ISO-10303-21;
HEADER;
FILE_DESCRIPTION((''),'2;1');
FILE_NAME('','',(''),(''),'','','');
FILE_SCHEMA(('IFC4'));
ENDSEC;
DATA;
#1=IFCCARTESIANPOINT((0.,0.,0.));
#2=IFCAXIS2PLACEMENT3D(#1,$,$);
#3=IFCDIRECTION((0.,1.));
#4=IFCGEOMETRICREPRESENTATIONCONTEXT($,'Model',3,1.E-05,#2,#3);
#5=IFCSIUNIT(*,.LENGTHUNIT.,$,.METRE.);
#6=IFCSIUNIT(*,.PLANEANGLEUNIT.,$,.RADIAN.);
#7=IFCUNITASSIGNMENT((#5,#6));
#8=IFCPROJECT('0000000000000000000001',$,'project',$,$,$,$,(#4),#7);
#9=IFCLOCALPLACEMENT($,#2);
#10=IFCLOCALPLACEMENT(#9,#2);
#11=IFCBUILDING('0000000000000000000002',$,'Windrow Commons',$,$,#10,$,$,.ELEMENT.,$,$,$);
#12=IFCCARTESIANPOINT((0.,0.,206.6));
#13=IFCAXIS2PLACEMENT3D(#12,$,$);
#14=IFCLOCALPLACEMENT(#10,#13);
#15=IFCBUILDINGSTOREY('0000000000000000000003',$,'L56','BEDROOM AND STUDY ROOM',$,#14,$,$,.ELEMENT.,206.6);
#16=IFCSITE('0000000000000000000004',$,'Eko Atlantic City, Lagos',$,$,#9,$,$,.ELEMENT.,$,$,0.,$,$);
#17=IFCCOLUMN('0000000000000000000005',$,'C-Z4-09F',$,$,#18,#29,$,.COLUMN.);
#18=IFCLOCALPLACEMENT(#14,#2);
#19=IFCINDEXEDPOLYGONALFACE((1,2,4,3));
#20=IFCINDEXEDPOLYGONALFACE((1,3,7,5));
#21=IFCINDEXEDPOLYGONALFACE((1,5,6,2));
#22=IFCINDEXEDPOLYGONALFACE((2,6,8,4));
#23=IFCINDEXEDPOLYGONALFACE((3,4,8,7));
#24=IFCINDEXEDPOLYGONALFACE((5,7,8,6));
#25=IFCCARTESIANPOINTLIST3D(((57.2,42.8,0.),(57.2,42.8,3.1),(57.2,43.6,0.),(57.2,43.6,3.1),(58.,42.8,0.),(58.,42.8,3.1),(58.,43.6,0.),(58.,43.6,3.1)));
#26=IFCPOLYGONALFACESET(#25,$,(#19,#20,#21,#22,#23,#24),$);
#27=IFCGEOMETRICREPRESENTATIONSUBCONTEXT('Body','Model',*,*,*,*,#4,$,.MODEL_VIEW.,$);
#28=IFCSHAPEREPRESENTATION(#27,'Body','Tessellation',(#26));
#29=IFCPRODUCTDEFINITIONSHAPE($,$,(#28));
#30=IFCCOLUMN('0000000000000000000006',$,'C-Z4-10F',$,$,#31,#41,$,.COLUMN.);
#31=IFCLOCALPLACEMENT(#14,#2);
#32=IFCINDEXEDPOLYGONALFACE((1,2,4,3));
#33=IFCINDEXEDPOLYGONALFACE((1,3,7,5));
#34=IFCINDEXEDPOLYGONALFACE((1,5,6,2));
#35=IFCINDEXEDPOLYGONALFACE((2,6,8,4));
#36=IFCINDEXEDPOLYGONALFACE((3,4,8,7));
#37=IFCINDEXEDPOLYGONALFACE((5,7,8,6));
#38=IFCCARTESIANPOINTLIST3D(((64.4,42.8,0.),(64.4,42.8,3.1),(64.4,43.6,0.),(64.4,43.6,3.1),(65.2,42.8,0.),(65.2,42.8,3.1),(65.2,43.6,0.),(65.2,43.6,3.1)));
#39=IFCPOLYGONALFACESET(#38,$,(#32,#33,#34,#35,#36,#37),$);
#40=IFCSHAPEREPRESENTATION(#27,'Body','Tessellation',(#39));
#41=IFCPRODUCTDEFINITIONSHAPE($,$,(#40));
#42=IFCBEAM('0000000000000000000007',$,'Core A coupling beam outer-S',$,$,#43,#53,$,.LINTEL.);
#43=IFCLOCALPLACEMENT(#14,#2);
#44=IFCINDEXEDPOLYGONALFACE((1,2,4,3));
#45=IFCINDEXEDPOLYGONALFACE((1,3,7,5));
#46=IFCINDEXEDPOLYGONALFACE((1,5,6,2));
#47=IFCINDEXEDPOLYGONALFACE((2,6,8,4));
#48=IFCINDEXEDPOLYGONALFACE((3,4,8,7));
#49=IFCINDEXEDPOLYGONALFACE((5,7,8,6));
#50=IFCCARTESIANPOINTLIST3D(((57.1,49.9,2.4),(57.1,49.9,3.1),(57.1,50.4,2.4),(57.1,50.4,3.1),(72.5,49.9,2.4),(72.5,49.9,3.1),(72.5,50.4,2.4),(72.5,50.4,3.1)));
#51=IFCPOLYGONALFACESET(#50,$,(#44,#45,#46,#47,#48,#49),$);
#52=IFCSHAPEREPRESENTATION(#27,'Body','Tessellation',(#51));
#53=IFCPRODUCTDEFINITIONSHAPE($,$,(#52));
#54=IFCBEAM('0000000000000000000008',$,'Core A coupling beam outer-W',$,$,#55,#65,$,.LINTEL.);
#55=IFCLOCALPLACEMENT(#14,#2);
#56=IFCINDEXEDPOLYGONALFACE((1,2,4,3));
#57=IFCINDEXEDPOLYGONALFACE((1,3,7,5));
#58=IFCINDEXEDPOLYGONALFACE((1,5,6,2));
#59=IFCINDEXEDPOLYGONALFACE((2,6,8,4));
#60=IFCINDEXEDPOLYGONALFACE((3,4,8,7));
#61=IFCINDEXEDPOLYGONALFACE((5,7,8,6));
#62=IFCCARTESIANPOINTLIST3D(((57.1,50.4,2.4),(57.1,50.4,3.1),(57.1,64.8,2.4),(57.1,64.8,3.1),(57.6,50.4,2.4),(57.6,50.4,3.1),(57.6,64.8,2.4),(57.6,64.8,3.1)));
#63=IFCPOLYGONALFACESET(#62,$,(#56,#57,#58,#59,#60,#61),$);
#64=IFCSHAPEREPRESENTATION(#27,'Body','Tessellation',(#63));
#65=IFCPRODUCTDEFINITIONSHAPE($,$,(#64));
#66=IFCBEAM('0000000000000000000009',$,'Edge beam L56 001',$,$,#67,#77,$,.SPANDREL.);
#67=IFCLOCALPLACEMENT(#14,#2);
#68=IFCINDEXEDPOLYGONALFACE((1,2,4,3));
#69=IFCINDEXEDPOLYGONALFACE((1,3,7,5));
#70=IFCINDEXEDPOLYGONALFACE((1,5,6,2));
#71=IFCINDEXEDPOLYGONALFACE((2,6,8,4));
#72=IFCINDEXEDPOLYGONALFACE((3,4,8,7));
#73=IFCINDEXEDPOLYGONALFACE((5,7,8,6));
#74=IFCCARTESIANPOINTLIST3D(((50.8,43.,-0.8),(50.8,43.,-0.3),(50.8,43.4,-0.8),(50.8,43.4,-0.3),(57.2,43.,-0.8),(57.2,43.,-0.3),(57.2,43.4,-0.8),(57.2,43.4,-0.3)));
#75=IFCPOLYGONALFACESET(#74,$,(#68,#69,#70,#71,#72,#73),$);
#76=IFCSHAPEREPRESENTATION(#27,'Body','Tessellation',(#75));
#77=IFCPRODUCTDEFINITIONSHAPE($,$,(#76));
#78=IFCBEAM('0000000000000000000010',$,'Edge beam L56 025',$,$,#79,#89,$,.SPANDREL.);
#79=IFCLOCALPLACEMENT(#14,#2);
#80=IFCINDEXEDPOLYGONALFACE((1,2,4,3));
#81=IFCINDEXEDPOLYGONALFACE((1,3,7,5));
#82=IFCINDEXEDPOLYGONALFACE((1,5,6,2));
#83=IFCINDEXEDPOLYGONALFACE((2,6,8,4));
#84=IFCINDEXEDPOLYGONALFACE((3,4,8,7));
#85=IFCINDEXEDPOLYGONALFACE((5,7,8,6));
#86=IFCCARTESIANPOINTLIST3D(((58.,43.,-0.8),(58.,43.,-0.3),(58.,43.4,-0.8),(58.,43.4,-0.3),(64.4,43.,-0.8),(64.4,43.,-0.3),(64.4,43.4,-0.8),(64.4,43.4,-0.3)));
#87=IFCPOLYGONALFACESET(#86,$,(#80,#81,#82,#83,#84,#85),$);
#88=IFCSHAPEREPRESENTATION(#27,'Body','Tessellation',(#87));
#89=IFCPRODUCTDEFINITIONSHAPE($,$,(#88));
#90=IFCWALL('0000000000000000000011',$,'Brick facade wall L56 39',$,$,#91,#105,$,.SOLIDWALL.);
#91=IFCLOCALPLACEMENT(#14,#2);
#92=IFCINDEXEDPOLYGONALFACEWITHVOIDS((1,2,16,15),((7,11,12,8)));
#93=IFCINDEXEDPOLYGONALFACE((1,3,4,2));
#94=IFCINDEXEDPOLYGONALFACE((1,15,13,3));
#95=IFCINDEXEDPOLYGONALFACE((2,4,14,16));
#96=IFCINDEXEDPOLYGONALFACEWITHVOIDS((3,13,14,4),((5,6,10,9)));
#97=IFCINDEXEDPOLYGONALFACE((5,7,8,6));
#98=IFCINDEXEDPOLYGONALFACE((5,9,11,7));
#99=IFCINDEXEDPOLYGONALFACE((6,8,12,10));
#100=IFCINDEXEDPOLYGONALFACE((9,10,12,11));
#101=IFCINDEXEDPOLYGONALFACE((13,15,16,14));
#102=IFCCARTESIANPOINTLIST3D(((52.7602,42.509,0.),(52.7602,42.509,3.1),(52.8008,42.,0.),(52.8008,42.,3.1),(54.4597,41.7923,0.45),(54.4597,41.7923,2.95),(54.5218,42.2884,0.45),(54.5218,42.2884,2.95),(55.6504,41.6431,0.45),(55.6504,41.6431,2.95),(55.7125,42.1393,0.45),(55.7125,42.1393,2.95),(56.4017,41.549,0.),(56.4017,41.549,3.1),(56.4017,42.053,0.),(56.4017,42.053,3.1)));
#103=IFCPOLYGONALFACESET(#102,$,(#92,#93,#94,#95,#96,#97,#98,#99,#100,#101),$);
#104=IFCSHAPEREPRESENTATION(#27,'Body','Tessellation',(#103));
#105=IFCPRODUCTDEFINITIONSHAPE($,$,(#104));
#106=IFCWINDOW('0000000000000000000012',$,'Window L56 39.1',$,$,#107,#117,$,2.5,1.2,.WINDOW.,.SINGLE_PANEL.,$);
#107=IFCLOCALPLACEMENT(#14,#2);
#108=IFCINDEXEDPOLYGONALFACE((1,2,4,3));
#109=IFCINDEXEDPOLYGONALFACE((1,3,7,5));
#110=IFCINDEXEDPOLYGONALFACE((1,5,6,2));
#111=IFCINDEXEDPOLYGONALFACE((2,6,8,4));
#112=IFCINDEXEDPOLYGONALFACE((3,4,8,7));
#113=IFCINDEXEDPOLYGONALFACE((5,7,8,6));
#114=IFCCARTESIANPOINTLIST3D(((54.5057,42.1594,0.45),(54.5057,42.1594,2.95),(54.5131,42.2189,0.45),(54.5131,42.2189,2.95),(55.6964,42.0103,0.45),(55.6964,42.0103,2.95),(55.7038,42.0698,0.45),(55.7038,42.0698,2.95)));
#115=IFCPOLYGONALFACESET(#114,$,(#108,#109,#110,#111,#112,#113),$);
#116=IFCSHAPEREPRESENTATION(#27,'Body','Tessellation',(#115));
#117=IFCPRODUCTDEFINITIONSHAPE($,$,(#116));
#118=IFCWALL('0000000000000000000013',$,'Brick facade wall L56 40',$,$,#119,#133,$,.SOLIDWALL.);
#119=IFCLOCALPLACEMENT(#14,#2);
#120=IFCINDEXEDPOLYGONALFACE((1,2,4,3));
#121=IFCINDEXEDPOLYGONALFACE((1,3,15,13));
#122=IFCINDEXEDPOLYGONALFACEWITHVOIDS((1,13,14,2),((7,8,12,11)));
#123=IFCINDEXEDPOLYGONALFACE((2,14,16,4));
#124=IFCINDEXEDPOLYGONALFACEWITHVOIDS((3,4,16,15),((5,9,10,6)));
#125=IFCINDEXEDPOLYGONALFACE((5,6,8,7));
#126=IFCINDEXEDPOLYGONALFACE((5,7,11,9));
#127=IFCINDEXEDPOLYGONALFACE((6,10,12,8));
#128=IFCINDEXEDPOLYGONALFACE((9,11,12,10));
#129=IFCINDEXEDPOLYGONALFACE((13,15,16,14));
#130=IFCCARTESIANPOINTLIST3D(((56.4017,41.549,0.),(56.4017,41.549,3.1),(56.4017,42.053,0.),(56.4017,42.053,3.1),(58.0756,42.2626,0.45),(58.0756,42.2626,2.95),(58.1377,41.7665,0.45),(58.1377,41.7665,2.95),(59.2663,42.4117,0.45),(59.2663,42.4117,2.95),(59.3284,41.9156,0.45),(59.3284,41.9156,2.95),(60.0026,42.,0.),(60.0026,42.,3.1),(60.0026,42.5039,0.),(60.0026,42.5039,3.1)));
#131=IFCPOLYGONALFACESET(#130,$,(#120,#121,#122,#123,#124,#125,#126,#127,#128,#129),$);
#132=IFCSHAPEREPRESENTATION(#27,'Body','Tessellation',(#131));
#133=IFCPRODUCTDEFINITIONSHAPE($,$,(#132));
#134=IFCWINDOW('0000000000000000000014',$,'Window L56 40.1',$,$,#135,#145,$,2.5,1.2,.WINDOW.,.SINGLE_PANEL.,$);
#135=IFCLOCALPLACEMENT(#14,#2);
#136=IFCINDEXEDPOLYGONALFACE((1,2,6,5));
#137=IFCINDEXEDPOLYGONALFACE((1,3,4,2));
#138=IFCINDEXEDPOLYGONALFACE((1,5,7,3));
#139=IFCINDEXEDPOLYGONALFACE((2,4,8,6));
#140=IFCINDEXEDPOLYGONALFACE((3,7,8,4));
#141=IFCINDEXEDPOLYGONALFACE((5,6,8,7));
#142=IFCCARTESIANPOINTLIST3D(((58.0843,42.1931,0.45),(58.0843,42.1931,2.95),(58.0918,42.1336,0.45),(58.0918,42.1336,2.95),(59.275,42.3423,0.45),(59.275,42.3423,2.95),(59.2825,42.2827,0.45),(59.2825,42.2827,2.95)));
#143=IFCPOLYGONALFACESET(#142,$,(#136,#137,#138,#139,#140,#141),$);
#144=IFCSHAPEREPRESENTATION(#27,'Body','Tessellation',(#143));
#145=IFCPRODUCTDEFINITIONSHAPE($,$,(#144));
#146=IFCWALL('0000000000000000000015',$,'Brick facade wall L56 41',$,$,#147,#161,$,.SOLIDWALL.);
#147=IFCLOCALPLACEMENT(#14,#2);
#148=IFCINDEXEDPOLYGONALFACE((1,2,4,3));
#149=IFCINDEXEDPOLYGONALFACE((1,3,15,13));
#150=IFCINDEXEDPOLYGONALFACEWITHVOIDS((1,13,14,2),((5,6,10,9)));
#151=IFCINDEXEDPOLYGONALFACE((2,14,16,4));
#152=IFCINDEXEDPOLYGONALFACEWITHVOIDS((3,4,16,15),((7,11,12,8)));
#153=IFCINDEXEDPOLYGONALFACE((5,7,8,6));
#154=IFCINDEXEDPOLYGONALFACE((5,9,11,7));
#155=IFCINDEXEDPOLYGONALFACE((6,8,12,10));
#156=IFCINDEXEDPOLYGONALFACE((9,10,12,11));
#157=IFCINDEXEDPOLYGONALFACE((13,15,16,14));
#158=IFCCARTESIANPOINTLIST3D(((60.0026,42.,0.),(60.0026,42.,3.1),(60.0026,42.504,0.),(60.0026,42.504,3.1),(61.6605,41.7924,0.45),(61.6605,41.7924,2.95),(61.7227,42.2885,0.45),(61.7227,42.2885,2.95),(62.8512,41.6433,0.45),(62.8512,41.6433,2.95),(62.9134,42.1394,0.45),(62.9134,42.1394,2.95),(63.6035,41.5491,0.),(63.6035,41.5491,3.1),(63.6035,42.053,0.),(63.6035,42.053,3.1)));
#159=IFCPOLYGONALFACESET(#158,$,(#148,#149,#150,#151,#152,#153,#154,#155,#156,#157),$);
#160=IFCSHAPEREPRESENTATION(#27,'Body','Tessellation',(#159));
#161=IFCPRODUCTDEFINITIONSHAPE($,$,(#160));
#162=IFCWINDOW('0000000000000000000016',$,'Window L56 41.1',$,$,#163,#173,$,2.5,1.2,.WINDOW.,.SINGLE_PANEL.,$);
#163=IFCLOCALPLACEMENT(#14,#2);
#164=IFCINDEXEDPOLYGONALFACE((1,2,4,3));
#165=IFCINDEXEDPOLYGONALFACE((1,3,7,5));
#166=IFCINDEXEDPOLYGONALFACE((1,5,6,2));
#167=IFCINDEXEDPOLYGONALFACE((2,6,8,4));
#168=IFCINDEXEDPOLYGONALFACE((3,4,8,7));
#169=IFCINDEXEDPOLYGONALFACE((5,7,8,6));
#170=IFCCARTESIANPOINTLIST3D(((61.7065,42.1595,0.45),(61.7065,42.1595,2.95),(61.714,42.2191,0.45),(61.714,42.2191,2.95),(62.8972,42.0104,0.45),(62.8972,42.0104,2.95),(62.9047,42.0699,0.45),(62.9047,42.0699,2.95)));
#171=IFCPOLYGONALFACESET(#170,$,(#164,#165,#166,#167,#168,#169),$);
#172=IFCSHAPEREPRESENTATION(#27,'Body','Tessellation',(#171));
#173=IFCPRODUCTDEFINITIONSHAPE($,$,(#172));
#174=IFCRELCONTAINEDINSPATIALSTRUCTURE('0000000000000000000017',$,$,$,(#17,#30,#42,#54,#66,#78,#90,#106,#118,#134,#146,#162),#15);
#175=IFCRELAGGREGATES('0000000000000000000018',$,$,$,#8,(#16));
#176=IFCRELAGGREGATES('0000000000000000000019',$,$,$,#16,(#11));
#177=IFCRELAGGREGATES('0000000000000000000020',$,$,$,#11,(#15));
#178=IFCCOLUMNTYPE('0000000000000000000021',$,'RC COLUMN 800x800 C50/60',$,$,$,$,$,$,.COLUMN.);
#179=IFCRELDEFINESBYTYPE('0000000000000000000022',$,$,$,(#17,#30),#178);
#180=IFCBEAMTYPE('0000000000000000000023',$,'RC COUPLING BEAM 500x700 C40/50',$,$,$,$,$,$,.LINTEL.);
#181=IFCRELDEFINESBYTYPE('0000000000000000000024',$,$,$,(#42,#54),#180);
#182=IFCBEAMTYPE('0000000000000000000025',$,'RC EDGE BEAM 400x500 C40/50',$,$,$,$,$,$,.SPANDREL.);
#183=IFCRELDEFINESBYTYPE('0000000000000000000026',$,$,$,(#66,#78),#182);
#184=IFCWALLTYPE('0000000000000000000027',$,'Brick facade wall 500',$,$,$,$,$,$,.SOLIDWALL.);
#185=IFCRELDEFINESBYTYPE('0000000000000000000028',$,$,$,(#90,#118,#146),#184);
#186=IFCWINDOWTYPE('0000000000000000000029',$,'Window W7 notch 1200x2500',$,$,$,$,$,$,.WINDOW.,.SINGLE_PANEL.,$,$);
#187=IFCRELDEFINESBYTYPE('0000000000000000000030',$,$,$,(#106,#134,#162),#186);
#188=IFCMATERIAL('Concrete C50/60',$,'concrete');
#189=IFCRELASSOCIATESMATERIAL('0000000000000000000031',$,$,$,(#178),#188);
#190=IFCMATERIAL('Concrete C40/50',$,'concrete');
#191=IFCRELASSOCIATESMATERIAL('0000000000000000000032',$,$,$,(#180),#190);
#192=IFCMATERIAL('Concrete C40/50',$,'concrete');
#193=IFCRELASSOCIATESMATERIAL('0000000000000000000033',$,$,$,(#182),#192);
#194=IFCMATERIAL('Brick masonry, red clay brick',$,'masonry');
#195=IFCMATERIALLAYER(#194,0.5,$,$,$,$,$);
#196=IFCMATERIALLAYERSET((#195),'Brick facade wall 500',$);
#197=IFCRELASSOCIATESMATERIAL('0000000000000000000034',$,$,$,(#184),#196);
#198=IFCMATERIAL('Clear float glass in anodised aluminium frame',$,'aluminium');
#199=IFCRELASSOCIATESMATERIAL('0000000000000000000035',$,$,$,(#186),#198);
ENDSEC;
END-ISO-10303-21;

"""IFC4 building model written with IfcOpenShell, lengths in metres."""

from ifc_helpers import new_model, si_unit, direction, frame, frame_2d, origin, origin_2d, place, context, subcontext, project, spatial, polyline, rectangle, outline, extrude, material, layer, layer_set, material_profile, profile_set, type_object, element, fill, save


model = new_model("IFC4")

# Units and contexts
model_context = context("Model", 3, precision=1e-05, world=origin(), true_north=direction((0.0, 1.0)))
body_context = subcontext(model_context, "Body", "Model", "MODEL_VIEW")
ifc_project = project(units=[si_unit("LENGTHUNIT", "METRE"), si_unit("PLANEANGLEUNIT", "RADIAN")], contexts=[model_context])

# Site, building, storey
site_placement = place(None, origin())
site = spatial("IfcSite", under=ifc_project, at=site_placement, Name="Eko Atlantic City, Lagos", CompositionType="ELEMENT", RefElevation=0.0)
building_placement = place(site_placement, origin())
building = spatial("IfcBuilding", under=site, at=building_placement, Name="Windrow Commons", CompositionType="ELEMENT")
storey_placement = place(building_placement, frame((0.0, 0.0, 206.6)))
storey = spatial("IfcBuildingStorey", under=building, at=storey_placement, Name="L56", Description="BEDROOM AND STUDY ROOM", CompositionType="ELEMENT", Elevation=206.6)

# Columns
ifc_material_1 = material(Name="Concrete C50/60", Category="concrete")
ifc_material_profile_1 = material_profile(ifc_material_1, rectangle(XDim=0.8, YDim=0.8, at=origin_2d()))
ifc_profile_set_1 = profile_set([ifc_material_profile_1], Name="Concrete C50/60")
column_type = type_object("IfcColumnType", Name="RC COLUMN 800x800 C50/60", PredefinedType="COLUMN", material=ifc_profile_set_1)
for number, where, z_axis, x_axis, name in (
    (1, (57.6, 43.2, 0.0), (0.0, 0.0, 1.0), (1.0, 0.0, 0.0), "C-Z4-09F"),
    (2, (64.8, 43.2, 0.0), (0.0, 0.0, 1.0), (1.0, 0.0, 0.0), "C-Z4-10F"),
):
    element("IfcColumn", number, at=place(storey_placement, frame(where, z_axis=z_axis, x_axis=x_axis)), inside=storey, type_object=column_type, Name=name, PredefinedType="COLUMN", context=body_context, shape_type="SweptSolid", body=[
        extrude(rectangle(XDim=0.8, YDim=0.8, at=origin_2d()), origin(), (0.0, 0.0, 1.0), 3.1),
    ])

# Beams
ifc_material_2 = material(Name="Concrete C40/50", Category="concrete")
ifc_material_profile_2 = material_profile(ifc_material_2, rectangle(XDim=0.5, YDim=0.7, at=origin_2d()))
ifc_profile_set_2 = profile_set([ifc_material_profile_2], Name="Concrete C40/50")
beam_type_1 = type_object("IfcBeamType", Name="RC COUPLING BEAM 500x700 C40/50", PredefinedType="LINTEL", material=ifc_profile_set_2)
beam_1_placement = place(storey_placement, frame((57.1, 50.15, 2.75), z_axis=(1.0, 0.0, 0.0), x_axis=(0.0, 1.0, 0.0)))
element("IfcBeam", 3, at=beam_1_placement, inside=storey, type_object=beam_type_1, Name="Core A coupling beam outer-S", PredefinedType="LINTEL", context=body_context, shape_type="SweptSolid", body=[
    extrude(rectangle(XDim=0.5, YDim=0.7, at=origin_2d()), origin(), (0.0, 0.0, 1.0), 15.4),
])
beam_2_placement = place(storey_placement, frame((57.35, 50.4, 2.75), z_axis=(0.0, 1.0, 0.0), x_axis=(-1.0, 0.0, 0.0)))
element("IfcBeam", 4, at=beam_2_placement, inside=storey, type_object=beam_type_1, Name="Core A coupling beam outer-W", PredefinedType="LINTEL", context=body_context, shape_type="SweptSolid", body=[
    extrude(rectangle(XDim=0.5, YDim=0.7, at=origin_2d()), origin(), (0.0, 0.0, 1.0), 14.4),
])
ifc_material_3 = material(Name="Concrete C40/50", Category="concrete")
ifc_material_profile_3 = material_profile(ifc_material_3, rectangle(XDim=0.4, YDim=0.5, at=origin_2d()))
ifc_profile_set_3 = profile_set([ifc_material_profile_3], Name="Concrete C40/50")
beam_type_2 = type_object("IfcBeamType", Name="RC EDGE BEAM 400x500 C40/50", PredefinedType="SPANDREL", material=ifc_profile_set_3)
for number, where, z_axis, x_axis, name in (
    (5, (57.2, 43.2, -0.55), (-1.0, 0.0, 0.0), (0.0, -1.0, 0.0), "Edge beam L56 001"),
    (6, (64.4, 43.2, -0.55), (-1.0, 0.0, 0.0), (0.0, -1.0, 0.0), "Edge beam L56 025"),
):
    element("IfcBeam", number, at=place(storey_placement, frame(where, z_axis=z_axis, x_axis=x_axis)), inside=storey, type_object=beam_type_2, Name=name, PredefinedType="SPANDREL", context=body_context, shape_type="SweptSolid", body=[
        extrude(rectangle(XDim=0.4, YDim=0.5, at=origin_2d()), origin(), (0.0, 0.0, 1.0), 6.4),
    ])

# Walls, openings, windows
ifc_material_4 = material(Name="Brick masonry, red clay brick", Category="masonry")
ifc_layer_1 = layer(ifc_material_4, 0.5)
ifc_layer_set_1 = layer_set([ifc_layer_1], Name="Brick facade wall 500")
wall_type_1 = type_object("IfcWallType", Name="Brick facade wall 500", PredefinedType="SOLIDWALL", material=ifc_layer_set_1)
wall_1_placement = place(storey_placement, frame((52.7805, 42.2545, 0.0), z_axis=(0.0, 0.0, 1.0), x_axis=(0.992249, -0.124264, 0.0)))
wall_1 = element("IfcWall", 7, at=wall_1_placement, inside=storey, type_object=wall_type_1, Name="Brick facade wall L56 39", PredefinedType="SOLIDWALL", context=body_context, shape_type="SweptSolid", body=[
    extrude(outline(polyline([(0.0518, -0.25), (3.6808, -0.25), (3.6182, 0.25), (-0.0518, 0.25), (0.0518, -0.25)])), origin(), (0.0, 0.0, 1.0), 3.1),
])
opening_1_placement = place(wall_1_placement, frame((1.7236, 0.0, 0.45)))
opening_1 = element("IfcOpeningElement", 8, at=opening_1_placement, cuts=wall_1, PredefinedType="OPENING", context=body_context, shape_type="SweptSolid", body=[
    extrude(rectangle(XDim=1.2, YDim=2.5, at=frame_2d((0.6, 1.25))), frame((0.0, 0.26, 0.0), z_axis=(0.0, -1.0, 0.0), x_axis=(1.0, 0.0, 0.0)), (0.0, 0.0, 1.0), 0.52),
])
ifc_material_5 = material(Name="Clear float glass in anodised aluminium frame", Category="aluminium")
window_type = type_object("IfcWindowType", Name="Window W7 notch 1200x2500", PartitioningType="SINGLE_PANEL", PredefinedType="WINDOW", material=ifc_material_5)
window_1_placement = place(opening_1_placement, origin())
window_1 = element("IfcWindow", 9, at=window_1_placement, inside=storey, type_object=window_type, Name="Window L56 39.1", OverallHeight=2.5, OverallWidth=1.2, PartitioningType="SINGLE_PANEL", PredefinedType="WINDOW", context=body_context, shape_type="SweptSolid", body=[
    extrude(rectangle(XDim=1.2, YDim=2.5, at=frame_2d((0.6, 1.25))), frame((0.0, 0.18, 0.0), z_axis=(0.0, -1.0, 0.0), x_axis=(1.0, 0.0, 0.0)), (0.0, 0.0, 1.0), 0.06),
])
fill(opening_1, window_1)
wall_2_placement = place(storey_placement, frame((56.4017, 41.801, 0.0), z_axis=(0.0, 0.0, 1.0), x_axis=(0.992248, 0.124276, 0.0)))
wall_2 = element("IfcWall", 10, at=wall_2_placement, inside=storey, type_object=wall_type_1, Name="Brick facade wall L56 40", PredefinedType="SOLIDWALL", context=body_context, shape_type="SweptSolid", body=[
    extrude(outline(polyline([(-0.0313, -0.25), (3.5977, -0.25), (3.6603, 0.25), (0.0313, 0.25), (-0.0313, -0.25)])), origin(), (0.0, 0.0, 1.0), 3.1),
])
opening_2_placement = place(wall_2_placement, frame((1.7183, 0.0, 0.45)))
opening_2 = element("IfcOpeningElement", 11, at=opening_2_placement, cuts=wall_2, PredefinedType="OPENING", context=body_context, shape_type="SweptSolid", body=[
    extrude(rectangle(XDim=1.2, YDim=2.5, at=frame_2d((0.6, 1.25))), frame((0.0, 0.26, 0.0), z_axis=(0.0, -1.0, 0.0), x_axis=(1.0, 0.0, 0.0)), (0.0, 0.0, 1.0), 0.52),
])
window_2_placement = place(opening_2_placement, origin())
window_2 = element("IfcWindow", 12, at=window_2_placement, inside=storey, type_object=window_type, Name="Window L56 40.1", OverallHeight=2.5, OverallWidth=1.2, PartitioningType="SINGLE_PANEL", PredefinedType="WINDOW", context=body_context, shape_type="SweptSolid", body=[
    extrude(rectangle(XDim=1.2, YDim=2.5, at=frame_2d((0.6, 1.25))), frame((0.0, 0.18, 0.0), z_axis=(0.0, -1.0, 0.0), x_axis=(1.0, 0.0, 0.0)), (0.0, 0.0, 1.0), 0.06),
])
fill(opening_2, window_2)
wall_3_placement = place(storey_placement, frame((60.0026, 42.252, 0.0), z_axis=(0.0, 0.0, 1.0), x_axis=(0.992248, -0.124276, 0.0)))
wall_3 = element("IfcWall", 13, at=wall_3_placement, inside=storey, type_object=wall_type_1, Name="Brick facade wall L56 41", PredefinedType="SOLIDWALL", context=body_context, shape_type="SweptSolid", body=[
    extrude(outline(polyline([(0.0313, -0.25), (3.6603, -0.25), (3.5977, 0.25), (-0.0313, 0.25), (0.0313, -0.25)])), origin(), (0.0, 0.0, 1.0), 3.1),
])
opening_3_placement = place(wall_3_placement, frame((1.7022, 0.0, 0.45)))
opening_3 = element("IfcOpeningElement", 14, at=opening_3_placement, cuts=wall_3, PredefinedType="OPENING", context=body_context, shape_type="SweptSolid", body=[
    extrude(rectangle(XDim=1.2, YDim=2.5, at=frame_2d((0.6, 1.25))), frame((0.0, 0.26, 0.0), z_axis=(0.0, -1.0, 0.0), x_axis=(1.0, 0.0, 0.0)), (0.0, 0.0, 1.0), 0.52),
])
window_3_placement = place(opening_3_placement, origin())
window_3 = element("IfcWindow", 15, at=window_3_placement, inside=storey, type_object=window_type, Name="Window L56 41.1", OverallHeight=2.5, OverallWidth=1.2, PartitioningType="SINGLE_PANEL", PredefinedType="WINDOW", context=body_context, shape_type="SweptSolid", body=[
    extrude(rectangle(XDim=1.2, YDim=2.5, at=frame_2d((0.6, 1.25))), frame((0.0, 0.18, 0.0), z_axis=(0.0, -1.0, 0.0), x_axis=(1.0, 0.0, 0.0)), (0.0, 0.0, 1.0), 0.06),
])
fill(opening_3, window_3)

save(model, "model.ifc")
